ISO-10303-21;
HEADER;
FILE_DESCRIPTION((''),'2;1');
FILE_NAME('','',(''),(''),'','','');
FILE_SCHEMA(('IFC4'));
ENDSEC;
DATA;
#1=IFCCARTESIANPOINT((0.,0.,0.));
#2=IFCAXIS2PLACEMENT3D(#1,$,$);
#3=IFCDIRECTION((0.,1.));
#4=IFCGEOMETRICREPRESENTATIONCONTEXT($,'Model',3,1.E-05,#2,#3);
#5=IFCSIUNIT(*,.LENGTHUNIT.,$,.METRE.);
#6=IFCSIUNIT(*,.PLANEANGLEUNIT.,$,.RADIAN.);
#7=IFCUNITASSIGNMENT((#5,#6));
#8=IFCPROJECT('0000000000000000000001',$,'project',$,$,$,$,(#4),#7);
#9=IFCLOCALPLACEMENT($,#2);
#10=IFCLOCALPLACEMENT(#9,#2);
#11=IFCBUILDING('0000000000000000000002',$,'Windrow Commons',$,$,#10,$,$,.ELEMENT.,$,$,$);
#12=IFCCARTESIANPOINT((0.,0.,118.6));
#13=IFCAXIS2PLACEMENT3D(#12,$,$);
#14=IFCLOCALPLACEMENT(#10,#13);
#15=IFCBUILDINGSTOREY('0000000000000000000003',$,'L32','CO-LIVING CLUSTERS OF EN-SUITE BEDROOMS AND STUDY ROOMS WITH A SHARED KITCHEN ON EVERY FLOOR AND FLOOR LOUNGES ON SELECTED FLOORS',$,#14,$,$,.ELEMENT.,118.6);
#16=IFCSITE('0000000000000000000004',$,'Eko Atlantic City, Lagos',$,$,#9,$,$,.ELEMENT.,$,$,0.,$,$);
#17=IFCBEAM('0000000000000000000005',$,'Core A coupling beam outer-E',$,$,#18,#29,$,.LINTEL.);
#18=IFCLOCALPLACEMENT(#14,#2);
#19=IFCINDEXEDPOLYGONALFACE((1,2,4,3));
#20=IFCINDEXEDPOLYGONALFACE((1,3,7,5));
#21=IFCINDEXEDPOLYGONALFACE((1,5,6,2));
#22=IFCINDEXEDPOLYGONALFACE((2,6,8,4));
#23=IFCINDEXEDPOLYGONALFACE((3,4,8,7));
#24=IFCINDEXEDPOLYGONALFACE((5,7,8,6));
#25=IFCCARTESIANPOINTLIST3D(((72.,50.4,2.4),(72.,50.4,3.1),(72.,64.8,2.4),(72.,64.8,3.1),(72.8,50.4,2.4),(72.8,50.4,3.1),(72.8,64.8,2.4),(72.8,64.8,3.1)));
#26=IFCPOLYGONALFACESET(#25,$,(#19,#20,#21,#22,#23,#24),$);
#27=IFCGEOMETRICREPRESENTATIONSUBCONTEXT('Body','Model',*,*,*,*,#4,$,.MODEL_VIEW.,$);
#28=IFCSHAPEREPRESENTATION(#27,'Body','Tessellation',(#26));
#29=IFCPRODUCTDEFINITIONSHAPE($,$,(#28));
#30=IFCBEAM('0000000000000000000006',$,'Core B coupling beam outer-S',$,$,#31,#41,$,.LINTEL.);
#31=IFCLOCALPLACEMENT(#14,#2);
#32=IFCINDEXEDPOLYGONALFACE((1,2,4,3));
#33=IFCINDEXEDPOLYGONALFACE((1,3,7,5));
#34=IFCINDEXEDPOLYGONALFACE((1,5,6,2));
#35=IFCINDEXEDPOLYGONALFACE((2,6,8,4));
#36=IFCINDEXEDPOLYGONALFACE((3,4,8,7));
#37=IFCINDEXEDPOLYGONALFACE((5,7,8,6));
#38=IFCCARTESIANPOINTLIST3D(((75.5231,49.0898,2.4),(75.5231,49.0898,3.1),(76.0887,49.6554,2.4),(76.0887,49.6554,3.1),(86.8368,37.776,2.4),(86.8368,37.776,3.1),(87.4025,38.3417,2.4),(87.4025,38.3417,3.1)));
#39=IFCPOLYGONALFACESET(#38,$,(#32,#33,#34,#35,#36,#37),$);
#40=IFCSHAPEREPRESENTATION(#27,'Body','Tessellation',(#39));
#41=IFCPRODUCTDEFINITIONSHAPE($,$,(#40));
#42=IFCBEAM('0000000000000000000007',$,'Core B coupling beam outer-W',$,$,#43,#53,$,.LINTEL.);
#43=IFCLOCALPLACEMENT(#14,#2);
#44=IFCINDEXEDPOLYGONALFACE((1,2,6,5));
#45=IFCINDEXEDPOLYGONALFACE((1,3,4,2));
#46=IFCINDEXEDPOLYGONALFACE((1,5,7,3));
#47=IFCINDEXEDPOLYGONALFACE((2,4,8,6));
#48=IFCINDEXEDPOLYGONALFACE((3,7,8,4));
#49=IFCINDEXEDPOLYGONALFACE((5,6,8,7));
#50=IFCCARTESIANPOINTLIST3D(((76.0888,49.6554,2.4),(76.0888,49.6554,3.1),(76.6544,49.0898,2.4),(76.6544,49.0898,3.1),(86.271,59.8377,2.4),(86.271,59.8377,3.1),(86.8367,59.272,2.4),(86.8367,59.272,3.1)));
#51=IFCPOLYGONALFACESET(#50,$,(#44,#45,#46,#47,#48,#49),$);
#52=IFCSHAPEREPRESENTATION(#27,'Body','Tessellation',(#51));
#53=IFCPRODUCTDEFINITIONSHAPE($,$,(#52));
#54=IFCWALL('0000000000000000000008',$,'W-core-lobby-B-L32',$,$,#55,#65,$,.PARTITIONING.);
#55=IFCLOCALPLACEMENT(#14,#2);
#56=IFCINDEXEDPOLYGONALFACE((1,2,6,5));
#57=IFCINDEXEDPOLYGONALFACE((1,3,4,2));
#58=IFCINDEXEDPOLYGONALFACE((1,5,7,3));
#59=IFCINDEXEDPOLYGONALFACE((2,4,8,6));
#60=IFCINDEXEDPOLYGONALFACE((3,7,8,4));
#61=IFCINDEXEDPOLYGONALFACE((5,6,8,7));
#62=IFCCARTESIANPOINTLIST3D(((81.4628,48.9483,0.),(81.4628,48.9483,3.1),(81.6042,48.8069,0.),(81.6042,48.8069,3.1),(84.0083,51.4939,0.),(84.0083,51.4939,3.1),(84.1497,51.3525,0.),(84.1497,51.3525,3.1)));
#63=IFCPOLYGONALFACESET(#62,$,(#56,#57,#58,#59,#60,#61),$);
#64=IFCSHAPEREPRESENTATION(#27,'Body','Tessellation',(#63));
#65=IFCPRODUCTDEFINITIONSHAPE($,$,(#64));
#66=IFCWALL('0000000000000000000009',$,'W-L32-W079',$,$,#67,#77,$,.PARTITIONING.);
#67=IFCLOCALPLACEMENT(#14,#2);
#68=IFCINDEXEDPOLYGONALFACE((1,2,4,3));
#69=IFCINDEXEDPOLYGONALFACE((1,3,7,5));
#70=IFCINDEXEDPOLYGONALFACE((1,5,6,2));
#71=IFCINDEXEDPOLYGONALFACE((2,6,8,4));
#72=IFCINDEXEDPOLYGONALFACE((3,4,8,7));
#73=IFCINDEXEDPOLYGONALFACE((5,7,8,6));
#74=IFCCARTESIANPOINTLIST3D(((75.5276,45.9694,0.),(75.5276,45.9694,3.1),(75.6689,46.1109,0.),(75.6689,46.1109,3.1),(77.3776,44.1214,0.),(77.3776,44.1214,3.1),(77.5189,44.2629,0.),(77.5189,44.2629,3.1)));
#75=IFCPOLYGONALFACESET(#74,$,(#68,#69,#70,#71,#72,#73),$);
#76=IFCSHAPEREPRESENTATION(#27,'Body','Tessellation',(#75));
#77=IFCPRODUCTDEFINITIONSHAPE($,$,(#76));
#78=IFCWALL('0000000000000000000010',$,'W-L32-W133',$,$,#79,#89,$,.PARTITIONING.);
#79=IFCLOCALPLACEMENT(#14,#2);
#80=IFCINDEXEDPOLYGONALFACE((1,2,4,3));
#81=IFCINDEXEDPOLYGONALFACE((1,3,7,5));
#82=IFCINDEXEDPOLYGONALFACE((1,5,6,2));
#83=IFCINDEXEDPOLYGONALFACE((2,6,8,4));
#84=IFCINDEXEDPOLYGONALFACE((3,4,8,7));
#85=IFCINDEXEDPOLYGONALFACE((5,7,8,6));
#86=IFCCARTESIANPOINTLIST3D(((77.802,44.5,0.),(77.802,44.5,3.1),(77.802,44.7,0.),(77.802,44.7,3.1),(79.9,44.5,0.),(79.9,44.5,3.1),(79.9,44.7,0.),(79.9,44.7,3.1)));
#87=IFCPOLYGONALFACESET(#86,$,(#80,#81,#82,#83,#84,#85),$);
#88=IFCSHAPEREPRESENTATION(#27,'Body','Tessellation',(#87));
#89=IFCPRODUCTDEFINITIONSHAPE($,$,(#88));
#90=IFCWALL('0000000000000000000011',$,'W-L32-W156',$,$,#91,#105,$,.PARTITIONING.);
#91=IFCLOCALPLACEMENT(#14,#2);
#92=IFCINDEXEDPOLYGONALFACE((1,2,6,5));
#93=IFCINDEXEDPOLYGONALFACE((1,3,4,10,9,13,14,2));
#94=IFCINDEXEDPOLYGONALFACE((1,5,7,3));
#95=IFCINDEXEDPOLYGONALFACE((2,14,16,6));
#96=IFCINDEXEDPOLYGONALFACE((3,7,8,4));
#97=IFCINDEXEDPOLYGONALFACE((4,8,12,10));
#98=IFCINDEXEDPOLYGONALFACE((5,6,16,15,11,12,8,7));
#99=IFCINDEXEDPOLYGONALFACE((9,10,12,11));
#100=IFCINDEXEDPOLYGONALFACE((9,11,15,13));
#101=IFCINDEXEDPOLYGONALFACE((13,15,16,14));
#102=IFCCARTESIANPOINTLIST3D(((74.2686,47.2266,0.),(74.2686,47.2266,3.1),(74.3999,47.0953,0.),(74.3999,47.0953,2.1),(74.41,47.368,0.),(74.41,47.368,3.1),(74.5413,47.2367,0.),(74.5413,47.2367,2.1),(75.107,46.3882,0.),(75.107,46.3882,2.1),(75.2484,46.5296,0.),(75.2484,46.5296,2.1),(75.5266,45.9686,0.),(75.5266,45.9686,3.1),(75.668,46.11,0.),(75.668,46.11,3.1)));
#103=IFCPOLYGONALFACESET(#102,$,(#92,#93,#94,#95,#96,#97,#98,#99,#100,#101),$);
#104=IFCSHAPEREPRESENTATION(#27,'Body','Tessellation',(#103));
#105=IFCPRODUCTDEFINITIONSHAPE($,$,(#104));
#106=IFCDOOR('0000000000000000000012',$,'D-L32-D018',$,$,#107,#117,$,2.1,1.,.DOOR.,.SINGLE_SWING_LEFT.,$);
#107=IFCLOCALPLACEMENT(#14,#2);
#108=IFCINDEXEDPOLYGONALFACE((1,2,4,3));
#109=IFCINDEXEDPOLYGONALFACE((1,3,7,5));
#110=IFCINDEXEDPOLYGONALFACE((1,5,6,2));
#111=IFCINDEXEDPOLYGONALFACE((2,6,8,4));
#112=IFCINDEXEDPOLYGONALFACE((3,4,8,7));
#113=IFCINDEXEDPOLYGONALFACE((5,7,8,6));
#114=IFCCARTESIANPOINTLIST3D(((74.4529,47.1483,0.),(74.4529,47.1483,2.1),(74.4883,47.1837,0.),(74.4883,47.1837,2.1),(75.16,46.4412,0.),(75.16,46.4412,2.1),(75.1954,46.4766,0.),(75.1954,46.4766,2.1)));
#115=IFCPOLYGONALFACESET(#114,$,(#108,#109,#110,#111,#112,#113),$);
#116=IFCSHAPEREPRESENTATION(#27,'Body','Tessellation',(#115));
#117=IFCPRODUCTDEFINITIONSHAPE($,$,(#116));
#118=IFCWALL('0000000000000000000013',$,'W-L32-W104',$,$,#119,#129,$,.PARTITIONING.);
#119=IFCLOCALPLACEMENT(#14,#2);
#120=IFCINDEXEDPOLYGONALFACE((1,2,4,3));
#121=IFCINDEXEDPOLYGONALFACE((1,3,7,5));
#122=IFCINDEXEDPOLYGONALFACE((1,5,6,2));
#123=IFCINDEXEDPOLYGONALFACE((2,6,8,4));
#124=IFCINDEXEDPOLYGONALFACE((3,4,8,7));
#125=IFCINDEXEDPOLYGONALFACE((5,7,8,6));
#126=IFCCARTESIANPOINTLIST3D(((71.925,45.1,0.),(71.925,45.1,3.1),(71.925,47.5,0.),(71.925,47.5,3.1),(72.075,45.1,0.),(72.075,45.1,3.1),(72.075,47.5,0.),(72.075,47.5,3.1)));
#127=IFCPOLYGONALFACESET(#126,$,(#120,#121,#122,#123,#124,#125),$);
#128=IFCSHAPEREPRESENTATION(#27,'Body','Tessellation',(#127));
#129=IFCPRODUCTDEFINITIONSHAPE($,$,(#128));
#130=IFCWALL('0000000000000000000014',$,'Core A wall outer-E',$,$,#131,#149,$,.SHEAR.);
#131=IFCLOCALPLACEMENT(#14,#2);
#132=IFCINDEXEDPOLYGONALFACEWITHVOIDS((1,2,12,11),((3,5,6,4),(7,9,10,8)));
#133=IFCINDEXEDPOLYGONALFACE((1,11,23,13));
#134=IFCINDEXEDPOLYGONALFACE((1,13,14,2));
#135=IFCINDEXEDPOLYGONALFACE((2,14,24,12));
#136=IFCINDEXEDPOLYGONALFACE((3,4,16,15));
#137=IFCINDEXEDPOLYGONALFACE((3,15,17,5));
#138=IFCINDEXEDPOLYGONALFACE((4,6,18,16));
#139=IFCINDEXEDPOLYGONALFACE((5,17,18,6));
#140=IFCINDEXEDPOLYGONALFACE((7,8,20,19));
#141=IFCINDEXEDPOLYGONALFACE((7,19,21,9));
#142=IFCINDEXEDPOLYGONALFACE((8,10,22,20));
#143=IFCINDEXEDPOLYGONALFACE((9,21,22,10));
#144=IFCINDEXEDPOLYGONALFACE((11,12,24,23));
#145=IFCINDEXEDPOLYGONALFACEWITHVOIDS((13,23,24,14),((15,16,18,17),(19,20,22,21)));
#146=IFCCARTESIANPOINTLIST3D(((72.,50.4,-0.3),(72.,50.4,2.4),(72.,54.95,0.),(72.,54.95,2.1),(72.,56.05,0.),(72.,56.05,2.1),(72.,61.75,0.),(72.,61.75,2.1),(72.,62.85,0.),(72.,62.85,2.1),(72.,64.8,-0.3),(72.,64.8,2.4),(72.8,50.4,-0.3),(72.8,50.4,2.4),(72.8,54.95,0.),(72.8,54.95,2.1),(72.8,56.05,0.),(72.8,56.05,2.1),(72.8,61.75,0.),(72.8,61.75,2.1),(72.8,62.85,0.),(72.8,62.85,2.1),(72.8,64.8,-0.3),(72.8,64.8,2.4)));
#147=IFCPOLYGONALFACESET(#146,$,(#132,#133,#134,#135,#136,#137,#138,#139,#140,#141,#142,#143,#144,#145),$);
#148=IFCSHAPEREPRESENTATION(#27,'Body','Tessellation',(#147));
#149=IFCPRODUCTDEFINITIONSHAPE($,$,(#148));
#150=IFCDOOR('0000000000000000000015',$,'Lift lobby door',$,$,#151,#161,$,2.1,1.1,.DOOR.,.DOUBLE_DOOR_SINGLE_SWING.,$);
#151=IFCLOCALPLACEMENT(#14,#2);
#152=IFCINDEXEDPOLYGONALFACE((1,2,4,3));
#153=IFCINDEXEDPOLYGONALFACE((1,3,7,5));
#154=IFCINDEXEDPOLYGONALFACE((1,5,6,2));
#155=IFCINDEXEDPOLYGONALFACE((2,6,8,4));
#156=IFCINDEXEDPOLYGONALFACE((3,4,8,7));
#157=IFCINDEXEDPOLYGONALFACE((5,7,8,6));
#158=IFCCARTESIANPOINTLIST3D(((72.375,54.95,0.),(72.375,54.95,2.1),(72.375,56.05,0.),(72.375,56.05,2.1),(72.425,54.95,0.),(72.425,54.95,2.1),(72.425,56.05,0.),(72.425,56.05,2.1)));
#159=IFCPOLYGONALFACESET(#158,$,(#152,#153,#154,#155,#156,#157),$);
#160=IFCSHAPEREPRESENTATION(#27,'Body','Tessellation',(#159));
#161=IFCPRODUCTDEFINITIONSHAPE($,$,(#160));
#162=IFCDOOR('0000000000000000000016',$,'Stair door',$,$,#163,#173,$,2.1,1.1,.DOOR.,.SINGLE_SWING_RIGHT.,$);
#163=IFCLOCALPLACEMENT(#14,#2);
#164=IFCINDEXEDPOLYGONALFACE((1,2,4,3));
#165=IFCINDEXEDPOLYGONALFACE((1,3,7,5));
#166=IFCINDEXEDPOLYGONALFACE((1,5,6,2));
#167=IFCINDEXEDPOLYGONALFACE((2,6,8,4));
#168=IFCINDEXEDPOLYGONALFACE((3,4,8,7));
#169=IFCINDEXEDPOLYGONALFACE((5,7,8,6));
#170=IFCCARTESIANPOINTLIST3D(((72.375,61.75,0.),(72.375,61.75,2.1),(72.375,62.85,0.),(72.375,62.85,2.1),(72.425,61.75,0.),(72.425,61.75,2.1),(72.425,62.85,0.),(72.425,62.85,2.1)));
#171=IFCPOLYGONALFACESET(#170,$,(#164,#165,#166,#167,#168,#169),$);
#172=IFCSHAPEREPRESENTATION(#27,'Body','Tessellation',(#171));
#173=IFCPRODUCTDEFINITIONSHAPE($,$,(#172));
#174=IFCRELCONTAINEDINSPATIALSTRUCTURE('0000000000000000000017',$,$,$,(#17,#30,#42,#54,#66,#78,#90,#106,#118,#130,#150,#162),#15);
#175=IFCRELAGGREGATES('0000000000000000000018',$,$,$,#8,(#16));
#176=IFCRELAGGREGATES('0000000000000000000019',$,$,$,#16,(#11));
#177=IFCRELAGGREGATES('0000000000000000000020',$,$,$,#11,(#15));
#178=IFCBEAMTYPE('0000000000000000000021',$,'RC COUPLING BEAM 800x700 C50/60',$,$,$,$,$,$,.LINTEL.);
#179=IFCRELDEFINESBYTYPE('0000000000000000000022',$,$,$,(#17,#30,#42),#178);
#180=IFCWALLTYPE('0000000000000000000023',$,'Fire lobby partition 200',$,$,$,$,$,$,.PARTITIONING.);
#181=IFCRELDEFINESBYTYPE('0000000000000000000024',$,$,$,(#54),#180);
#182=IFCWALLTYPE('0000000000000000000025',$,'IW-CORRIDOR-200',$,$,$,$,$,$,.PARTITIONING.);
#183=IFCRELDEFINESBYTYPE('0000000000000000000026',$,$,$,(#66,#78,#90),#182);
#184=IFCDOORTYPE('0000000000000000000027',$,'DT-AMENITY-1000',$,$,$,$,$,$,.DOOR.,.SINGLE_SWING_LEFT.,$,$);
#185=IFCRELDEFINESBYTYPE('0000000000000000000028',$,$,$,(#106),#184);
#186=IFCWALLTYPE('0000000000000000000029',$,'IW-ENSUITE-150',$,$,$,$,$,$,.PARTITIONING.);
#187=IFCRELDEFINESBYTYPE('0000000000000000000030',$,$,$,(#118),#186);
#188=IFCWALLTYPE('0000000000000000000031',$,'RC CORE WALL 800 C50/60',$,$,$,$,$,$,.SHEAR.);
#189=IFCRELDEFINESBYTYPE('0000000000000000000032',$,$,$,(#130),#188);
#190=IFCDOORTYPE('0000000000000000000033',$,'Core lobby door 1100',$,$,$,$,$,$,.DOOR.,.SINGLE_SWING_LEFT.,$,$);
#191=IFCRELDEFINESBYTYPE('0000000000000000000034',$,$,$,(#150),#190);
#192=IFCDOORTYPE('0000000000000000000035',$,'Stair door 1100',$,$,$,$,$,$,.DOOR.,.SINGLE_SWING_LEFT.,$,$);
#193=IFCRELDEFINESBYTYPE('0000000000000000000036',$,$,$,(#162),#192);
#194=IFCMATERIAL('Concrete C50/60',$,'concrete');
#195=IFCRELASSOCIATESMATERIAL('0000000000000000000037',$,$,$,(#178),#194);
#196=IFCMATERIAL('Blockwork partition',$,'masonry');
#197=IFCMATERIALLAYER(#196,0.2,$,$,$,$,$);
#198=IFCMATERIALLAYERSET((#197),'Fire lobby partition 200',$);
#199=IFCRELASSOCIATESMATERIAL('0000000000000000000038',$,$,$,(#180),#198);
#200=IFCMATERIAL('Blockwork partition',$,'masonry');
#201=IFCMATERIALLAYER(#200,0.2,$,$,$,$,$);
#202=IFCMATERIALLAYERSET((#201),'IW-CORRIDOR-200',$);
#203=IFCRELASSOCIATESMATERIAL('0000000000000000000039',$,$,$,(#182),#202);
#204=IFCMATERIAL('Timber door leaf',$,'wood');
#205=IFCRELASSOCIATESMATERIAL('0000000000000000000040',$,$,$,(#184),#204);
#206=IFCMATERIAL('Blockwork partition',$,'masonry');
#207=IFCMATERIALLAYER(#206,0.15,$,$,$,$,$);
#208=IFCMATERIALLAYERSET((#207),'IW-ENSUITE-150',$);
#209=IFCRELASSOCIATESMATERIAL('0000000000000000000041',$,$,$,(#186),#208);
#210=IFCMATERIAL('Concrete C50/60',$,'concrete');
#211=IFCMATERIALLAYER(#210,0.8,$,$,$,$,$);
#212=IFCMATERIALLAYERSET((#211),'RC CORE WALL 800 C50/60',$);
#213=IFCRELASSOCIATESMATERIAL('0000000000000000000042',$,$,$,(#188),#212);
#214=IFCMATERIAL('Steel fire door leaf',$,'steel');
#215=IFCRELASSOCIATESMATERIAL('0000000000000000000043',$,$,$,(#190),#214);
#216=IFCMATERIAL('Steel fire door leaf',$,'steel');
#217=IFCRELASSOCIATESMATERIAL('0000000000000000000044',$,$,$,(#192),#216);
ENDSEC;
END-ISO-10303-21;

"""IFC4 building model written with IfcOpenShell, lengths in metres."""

from ifc_helpers import new_model, si_unit, direction, frame, frame_2d, origin, origin_2d, place, context, subcontext, project, spatial, rectangle, extrude, material, layer, layer_set, material_profile, profile_set, type_object, element, fill, save


model = new_model("IFC4")

# Units and contexts
model_context = context("Model", 3, precision=1e-05, world=origin(), true_north=direction((0.0, 1.0)))
body_context = subcontext(model_context, "Body", "Model", "MODEL_VIEW")
ifc_project = project(units=[si_unit("LENGTHUNIT", "METRE"), si_unit("PLANEANGLEUNIT", "RADIAN")], contexts=[model_context])

# Site, building, storey
site_placement = place(None, origin())
site = spatial("IfcSite", under=ifc_project, at=site_placement, Name="Eko Atlantic City, Lagos", CompositionType="ELEMENT", RefElevation=0.0)
building_placement = place(site_placement, origin())
building = spatial("IfcBuilding", under=site, at=building_placement, Name="Windrow Commons", CompositionType="ELEMENT")
storey_placement = place(building_placement, frame((0.0, 0.0, 118.6)))
storey = spatial("IfcBuildingStorey", under=building, at=storey_placement, Name="L32", Description="CO-LIVING CLUSTERS OF EN-SUITE BEDROOMS AND STUDY ROOMS WITH A SHARED KITCHEN ON EVERY FLOOR AND FLOOR LOUNGES ON SELECTED FLOORS", CompositionType="ELEMENT", Elevation=118.6)

# Beams
ifc_material_1 = material(Name="Concrete C50/60", Category="concrete")
ifc_material_profile = material_profile(ifc_material_1, rectangle(XDim=0.8, YDim=0.7, at=origin_2d()))
ifc_profile_set = profile_set([ifc_material_profile], Name="Concrete C50/60")
beam_type = type_object("IfcBeamType", Name="RC COUPLING BEAM 800x700 C50/60", PredefinedType="LINTEL", material=ifc_profile_set)
beam_1_placement = place(storey_placement, frame((72.4, 50.4, 2.75), z_axis=(0.0, 1.0, 0.0), x_axis=(-1.0, 0.0, 0.0)))
element("IfcBeam", 1, at=beam_1_placement, inside=storey, type_object=beam_type, Name="Core A coupling beam outer-E", PredefinedType="LINTEL", context=body_context, shape_type="SweptSolid", body=[
    extrude(rectangle(XDim=0.8, YDim=0.7, at=origin_2d()), origin(), (0.0, 0.0, 1.0), 14.4),
])
beam_2_placement = place(storey_placement, frame((75.8059, 49.3726, 2.75), z_axis=(0.707107, -0.707107, 0.0), x_axis=(0.707107, 0.707107, 0.0)))
element("IfcBeam", 2, at=beam_2_placement, inside=storey, type_object=beam_type, Name="Core B coupling beam outer-S", PredefinedType="LINTEL", context=body_context, shape_type="SweptSolid", body=[
    extrude(rectangle(XDim=0.8, YDim=0.7, at=origin_2d()), origin(), (0.0, 0.0, 1.0), 16.0),
])
beam_3_placement = place(storey_placement, frame((76.3716, 49.3726, 2.75), z_axis=(0.707107, 0.707107, 0.0), x_axis=(-0.707107, 0.707107, 0.0)))
element("IfcBeam", 3, at=beam_3_placement, inside=storey, type_object=beam_type, Name="Core B coupling beam outer-W", PredefinedType="LINTEL", context=body_context, shape_type="SweptSolid", body=[
    extrude(rectangle(XDim=0.8, YDim=0.7, at=origin_2d()), origin(), (0.0, 0.0, 1.0), 14.3999),
])

# Walls
ifc_material_2 = material(Name="Blockwork partition", Category="masonry")
ifc_layer_1 = layer(ifc_material_2, 0.2)
ifc_layer_set_1 = layer_set([ifc_layer_1], Name="Fire lobby partition 200")
wall_type_1 = type_object("IfcWallType", Name="Fire lobby partition 200", PredefinedType="PARTITIONING", material=ifc_layer_set_1)
wall_1_placement = place(storey_placement, frame((81.5335, 48.8776, 0.0), z_axis=(0.0, 0.0, 1.0), x_axis=(0.707093, 0.707121, 0.0)))
element("IfcWall", 4, at=wall_1_placement, inside=storey, type_object=wall_type_1, Name="W-core-lobby-B-L32", PredefinedType="PARTITIONING", context=body_context, shape_type="SweptSolid", body=[
    extrude(rectangle(XDim=3.6, YDim=0.2, at=frame_2d((1.8, 0.0))), origin(), (0.0, 0.0, 1.0), 3.1),
])
ifc_material_3 = material(Name="Blockwork partition", Category="masonry")
ifc_layer_2 = layer(ifc_material_3, 0.2)
ifc_layer_set_2 = layer_set([ifc_layer_2], Name="IW-CORRIDOR-200")
wall_type_2 = type_object("IfcWallType", Name="IW-CORRIDOR-200", PredefinedType="PARTITIONING", material=ifc_layer_set_2)
wall_2_placement = place(storey_placement, frame((75.5982, 46.0402, 0.0), z_axis=(0.0, 0.0, 1.0), x_axis=(0.707489, -0.706724, 0.0)))
element("IfcWall", 5, at=wall_2_placement, inside=storey, type_object=wall_type_2, Name="W-L32-W079", PredefinedType="PARTITIONING", context=body_context, shape_type="SweptSolid", body=[
    extrude(rectangle(XDim=2.6149, YDim=0.2, at=frame_2d((1.3075, 0.0))), origin(), (0.0, 0.0, 1.0), 3.1),
])
wall_3_placement = place(storey_placement, frame((77.802, 44.6, 0.0), z_axis=(0.0, 0.0, 1.0), x_axis=(1.0, 0.0, 0.0)))
element("IfcWall", 6, at=wall_3_placement, inside=storey, type_object=wall_type_2, Name="W-L32-W133", PredefinedType="PARTITIONING", context=body_context, shape_type="SweptSolid", body=[
    extrude(rectangle(XDim=2.098, YDim=0.2, at=frame_2d((1.049, 0.0))), origin(), (0.0, 0.0, 1.0), 3.1),
])

# Wall, opening, door
wall_4_placement = place(storey_placement, frame((74.3393, 47.2973, 0.0), z_axis=(0.0, 0.0, 1.0), x_axis=(0.707107, -0.707107, 0.0)))
wall_4 = element("IfcWall", 7, at=wall_4_placement, inside=storey, type_object=wall_type_2, Name="W-L32-W156", PredefinedType="PARTITIONING", context=body_context, shape_type="SweptSolid", body=[
    extrude(rectangle(XDim=1.7791, YDim=0.2, at=frame_2d((0.8895, 0.0))), origin(), (0.0, 0.0, 1.0), 3.1),
])
opening_1_placement = place(wall_4_placement, frame((0.1857, 0.0, 0.0)))
opening_1 = element("IfcOpeningElement", 8, at=opening_1_placement, cuts=wall_4, PredefinedType="OPENING", context=body_context, shape_type="SweptSolid", body=[
    extrude(rectangle(XDim=1.0, YDim=2.1, at=frame_2d((0.5, 1.05))), frame((0.0, 0.11, 0.0), z_axis=(0.0, -1.0, 0.0), x_axis=(1.0, 0.0, 0.0)), (0.0, 0.0, 1.0), 0.22),
])
ifc_material_4 = material(Name="Timber door leaf", Category="wood")
door_type_1 = type_object("IfcDoorType", Name="DT-AMENITY-1000", OperationType="SINGLE_SWING_LEFT", PredefinedType="DOOR", material=ifc_material_4)
door_1_placement = place(opening_1_placement, origin())
door_1 = element("IfcDoor", 9, at=door_1_placement, inside=storey, type_object=door_type_1, Name="D-L32-D018", OperationType="SINGLE_SWING_LEFT", OverallHeight=2.1, OverallWidth=1.0, PredefinedType="DOOR", context=body_context, shape_type="SweptSolid", body=[
    extrude(rectangle(XDim=1.0, YDim=2.1, at=frame_2d((0.5, 1.05))), frame((0.0, 0.025, 0.0), z_axis=(0.0, -1.0, 0.0), x_axis=(1.0, 0.0, 0.0)), (0.0, 0.0, 1.0), 0.05),
])
fill(opening_1, door_1)

# Wall
ifc_material_5 = material(Name="Blockwork partition", Category="masonry")
ifc_layer_3 = layer(ifc_material_5, 0.15)
ifc_layer_set_3 = layer_set([ifc_layer_3], Name="IW-ENSUITE-150")
wall_type_3 = type_object("IfcWallType", Name="IW-ENSUITE-150", PredefinedType="PARTITIONING", material=ifc_layer_set_3)
wall_5_placement = place(storey_placement, frame((72.0, 45.1, 0.0), z_axis=(0.0, 0.0, 1.0), x_axis=(0.0, 1.0, 0.0)))
element("IfcWall", 10, at=wall_5_placement, inside=storey, type_object=wall_type_3, Name="W-L32-W104", PredefinedType="PARTITIONING", context=body_context, shape_type="SweptSolid", body=[
    extrude(rectangle(XDim=2.4, YDim=0.15, at=frame_2d((1.2, 0.0))), origin(), (0.0, 0.0, 1.0), 3.1),
])

# Wall, openings, doors
ifc_material_6 = material(Name="Concrete C50/60", Category="concrete")
ifc_layer_4 = layer(ifc_material_6, 0.8)
ifc_layer_set_4 = layer_set([ifc_layer_4], Name="RC CORE WALL 800 C50/60")
wall_type_4 = type_object("IfcWallType", Name="RC CORE WALL 800 C50/60", PredefinedType="SHEAR", material=ifc_layer_set_4)
wall_6_placement = place(storey_placement, frame((72.4, 50.4, -0.3), z_axis=(0.0, 0.0, 1.0), x_axis=(0.0, 1.0, 0.0)))
wall_6 = element("IfcWall", 11, at=wall_6_placement, inside=storey, type_object=wall_type_4, Name="Core A wall outer-E", PredefinedType="SHEAR", context=body_context, shape_type="SweptSolid", body=[
    extrude(rectangle(XDim=14.4, YDim=0.8, at=frame_2d((7.2, 0.0))), origin(), (0.0, 0.0, 1.0), 2.7),
])
opening_2_placement = place(wall_6_placement, frame((4.55, 0.0, 0.3)))
opening_2 = element("IfcOpeningElement", 12, at=opening_2_placement, cuts=wall_6, PredefinedType="OPENING", context=body_context, shape_type="SweptSolid", body=[
    extrude(rectangle(XDim=1.1, YDim=2.1, at=frame_2d((0.55, 1.05))), frame((0.0, 0.41, 0.0), z_axis=(0.0, -1.0, 0.0), x_axis=(1.0, 0.0, 0.0)), (0.0, 0.0, 1.0), 0.82),
])
opening_3_placement = place(wall_6_placement, frame((11.35, 0.0, 0.3)))
opening_3 = element("IfcOpeningElement", 13, at=opening_3_placement, cuts=wall_6, PredefinedType="OPENING", context=body_context, shape_type="SweptSolid", body=[
    extrude(rectangle(XDim=1.1, YDim=2.1, at=frame_2d((0.55, 1.05))), frame((0.0, 0.41, 0.0), z_axis=(0.0, -1.0, 0.0), x_axis=(1.0, 0.0, 0.0)), (0.0, 0.0, 1.0), 0.82),
])
ifc_material_7 = material(Name="Steel fire door leaf", Category="steel")
door_type_2 = type_object("IfcDoorType", Name="Core lobby door 1100", OperationType="SINGLE_SWING_LEFT", PredefinedType="DOOR", material=ifc_material_7)
door_2_placement = place(opening_2_placement, origin())
door_2 = element("IfcDoor", 14, at=door_2_placement, inside=storey, type_object=door_type_2, Name="Lift lobby door", OperationType="DOUBLE_DOOR_SINGLE_SWING", OverallHeight=2.1, OverallWidth=1.1, PredefinedType="DOOR", context=body_context, shape_type="SweptSolid", body=[
    extrude(rectangle(XDim=1.1, YDim=2.1, at=frame_2d((0.55, 1.05))), frame((0.0, 0.025, 0.0), z_axis=(0.0, -1.0, 0.0), x_axis=(1.0, 0.0, 0.0)), (0.0, 0.0, 1.0), 0.05),
])
fill(opening_2, door_2)
ifc_material_8 = material(Name="Steel fire door leaf", Category="steel")
door_type_3 = type_object("IfcDoorType", Name="Stair door 1100", OperationType="SINGLE_SWING_LEFT", PredefinedType="DOOR", material=ifc_material_8)
door_3_placement = place(opening_3_placement, origin())
door_3 = element("IfcDoor", 15, at=door_3_placement, inside=storey, type_object=door_type_3, Name="Stair door", OperationType="SINGLE_SWING_RIGHT", OverallHeight=2.1, OverallWidth=1.1, PredefinedType="DOOR", context=body_context, shape_type="SweptSolid", body=[
    extrude(rectangle(XDim=1.1, YDim=2.1, at=frame_2d((0.55, 1.05))), frame((0.0, 0.025, 0.0), z_axis=(0.0, -1.0, 0.0), x_axis=(1.0, 0.0, 0.0)), (0.0, 0.0, 1.0), 0.05),
])
fill(opening_3, door_3)

save(model, "model.ifc")
